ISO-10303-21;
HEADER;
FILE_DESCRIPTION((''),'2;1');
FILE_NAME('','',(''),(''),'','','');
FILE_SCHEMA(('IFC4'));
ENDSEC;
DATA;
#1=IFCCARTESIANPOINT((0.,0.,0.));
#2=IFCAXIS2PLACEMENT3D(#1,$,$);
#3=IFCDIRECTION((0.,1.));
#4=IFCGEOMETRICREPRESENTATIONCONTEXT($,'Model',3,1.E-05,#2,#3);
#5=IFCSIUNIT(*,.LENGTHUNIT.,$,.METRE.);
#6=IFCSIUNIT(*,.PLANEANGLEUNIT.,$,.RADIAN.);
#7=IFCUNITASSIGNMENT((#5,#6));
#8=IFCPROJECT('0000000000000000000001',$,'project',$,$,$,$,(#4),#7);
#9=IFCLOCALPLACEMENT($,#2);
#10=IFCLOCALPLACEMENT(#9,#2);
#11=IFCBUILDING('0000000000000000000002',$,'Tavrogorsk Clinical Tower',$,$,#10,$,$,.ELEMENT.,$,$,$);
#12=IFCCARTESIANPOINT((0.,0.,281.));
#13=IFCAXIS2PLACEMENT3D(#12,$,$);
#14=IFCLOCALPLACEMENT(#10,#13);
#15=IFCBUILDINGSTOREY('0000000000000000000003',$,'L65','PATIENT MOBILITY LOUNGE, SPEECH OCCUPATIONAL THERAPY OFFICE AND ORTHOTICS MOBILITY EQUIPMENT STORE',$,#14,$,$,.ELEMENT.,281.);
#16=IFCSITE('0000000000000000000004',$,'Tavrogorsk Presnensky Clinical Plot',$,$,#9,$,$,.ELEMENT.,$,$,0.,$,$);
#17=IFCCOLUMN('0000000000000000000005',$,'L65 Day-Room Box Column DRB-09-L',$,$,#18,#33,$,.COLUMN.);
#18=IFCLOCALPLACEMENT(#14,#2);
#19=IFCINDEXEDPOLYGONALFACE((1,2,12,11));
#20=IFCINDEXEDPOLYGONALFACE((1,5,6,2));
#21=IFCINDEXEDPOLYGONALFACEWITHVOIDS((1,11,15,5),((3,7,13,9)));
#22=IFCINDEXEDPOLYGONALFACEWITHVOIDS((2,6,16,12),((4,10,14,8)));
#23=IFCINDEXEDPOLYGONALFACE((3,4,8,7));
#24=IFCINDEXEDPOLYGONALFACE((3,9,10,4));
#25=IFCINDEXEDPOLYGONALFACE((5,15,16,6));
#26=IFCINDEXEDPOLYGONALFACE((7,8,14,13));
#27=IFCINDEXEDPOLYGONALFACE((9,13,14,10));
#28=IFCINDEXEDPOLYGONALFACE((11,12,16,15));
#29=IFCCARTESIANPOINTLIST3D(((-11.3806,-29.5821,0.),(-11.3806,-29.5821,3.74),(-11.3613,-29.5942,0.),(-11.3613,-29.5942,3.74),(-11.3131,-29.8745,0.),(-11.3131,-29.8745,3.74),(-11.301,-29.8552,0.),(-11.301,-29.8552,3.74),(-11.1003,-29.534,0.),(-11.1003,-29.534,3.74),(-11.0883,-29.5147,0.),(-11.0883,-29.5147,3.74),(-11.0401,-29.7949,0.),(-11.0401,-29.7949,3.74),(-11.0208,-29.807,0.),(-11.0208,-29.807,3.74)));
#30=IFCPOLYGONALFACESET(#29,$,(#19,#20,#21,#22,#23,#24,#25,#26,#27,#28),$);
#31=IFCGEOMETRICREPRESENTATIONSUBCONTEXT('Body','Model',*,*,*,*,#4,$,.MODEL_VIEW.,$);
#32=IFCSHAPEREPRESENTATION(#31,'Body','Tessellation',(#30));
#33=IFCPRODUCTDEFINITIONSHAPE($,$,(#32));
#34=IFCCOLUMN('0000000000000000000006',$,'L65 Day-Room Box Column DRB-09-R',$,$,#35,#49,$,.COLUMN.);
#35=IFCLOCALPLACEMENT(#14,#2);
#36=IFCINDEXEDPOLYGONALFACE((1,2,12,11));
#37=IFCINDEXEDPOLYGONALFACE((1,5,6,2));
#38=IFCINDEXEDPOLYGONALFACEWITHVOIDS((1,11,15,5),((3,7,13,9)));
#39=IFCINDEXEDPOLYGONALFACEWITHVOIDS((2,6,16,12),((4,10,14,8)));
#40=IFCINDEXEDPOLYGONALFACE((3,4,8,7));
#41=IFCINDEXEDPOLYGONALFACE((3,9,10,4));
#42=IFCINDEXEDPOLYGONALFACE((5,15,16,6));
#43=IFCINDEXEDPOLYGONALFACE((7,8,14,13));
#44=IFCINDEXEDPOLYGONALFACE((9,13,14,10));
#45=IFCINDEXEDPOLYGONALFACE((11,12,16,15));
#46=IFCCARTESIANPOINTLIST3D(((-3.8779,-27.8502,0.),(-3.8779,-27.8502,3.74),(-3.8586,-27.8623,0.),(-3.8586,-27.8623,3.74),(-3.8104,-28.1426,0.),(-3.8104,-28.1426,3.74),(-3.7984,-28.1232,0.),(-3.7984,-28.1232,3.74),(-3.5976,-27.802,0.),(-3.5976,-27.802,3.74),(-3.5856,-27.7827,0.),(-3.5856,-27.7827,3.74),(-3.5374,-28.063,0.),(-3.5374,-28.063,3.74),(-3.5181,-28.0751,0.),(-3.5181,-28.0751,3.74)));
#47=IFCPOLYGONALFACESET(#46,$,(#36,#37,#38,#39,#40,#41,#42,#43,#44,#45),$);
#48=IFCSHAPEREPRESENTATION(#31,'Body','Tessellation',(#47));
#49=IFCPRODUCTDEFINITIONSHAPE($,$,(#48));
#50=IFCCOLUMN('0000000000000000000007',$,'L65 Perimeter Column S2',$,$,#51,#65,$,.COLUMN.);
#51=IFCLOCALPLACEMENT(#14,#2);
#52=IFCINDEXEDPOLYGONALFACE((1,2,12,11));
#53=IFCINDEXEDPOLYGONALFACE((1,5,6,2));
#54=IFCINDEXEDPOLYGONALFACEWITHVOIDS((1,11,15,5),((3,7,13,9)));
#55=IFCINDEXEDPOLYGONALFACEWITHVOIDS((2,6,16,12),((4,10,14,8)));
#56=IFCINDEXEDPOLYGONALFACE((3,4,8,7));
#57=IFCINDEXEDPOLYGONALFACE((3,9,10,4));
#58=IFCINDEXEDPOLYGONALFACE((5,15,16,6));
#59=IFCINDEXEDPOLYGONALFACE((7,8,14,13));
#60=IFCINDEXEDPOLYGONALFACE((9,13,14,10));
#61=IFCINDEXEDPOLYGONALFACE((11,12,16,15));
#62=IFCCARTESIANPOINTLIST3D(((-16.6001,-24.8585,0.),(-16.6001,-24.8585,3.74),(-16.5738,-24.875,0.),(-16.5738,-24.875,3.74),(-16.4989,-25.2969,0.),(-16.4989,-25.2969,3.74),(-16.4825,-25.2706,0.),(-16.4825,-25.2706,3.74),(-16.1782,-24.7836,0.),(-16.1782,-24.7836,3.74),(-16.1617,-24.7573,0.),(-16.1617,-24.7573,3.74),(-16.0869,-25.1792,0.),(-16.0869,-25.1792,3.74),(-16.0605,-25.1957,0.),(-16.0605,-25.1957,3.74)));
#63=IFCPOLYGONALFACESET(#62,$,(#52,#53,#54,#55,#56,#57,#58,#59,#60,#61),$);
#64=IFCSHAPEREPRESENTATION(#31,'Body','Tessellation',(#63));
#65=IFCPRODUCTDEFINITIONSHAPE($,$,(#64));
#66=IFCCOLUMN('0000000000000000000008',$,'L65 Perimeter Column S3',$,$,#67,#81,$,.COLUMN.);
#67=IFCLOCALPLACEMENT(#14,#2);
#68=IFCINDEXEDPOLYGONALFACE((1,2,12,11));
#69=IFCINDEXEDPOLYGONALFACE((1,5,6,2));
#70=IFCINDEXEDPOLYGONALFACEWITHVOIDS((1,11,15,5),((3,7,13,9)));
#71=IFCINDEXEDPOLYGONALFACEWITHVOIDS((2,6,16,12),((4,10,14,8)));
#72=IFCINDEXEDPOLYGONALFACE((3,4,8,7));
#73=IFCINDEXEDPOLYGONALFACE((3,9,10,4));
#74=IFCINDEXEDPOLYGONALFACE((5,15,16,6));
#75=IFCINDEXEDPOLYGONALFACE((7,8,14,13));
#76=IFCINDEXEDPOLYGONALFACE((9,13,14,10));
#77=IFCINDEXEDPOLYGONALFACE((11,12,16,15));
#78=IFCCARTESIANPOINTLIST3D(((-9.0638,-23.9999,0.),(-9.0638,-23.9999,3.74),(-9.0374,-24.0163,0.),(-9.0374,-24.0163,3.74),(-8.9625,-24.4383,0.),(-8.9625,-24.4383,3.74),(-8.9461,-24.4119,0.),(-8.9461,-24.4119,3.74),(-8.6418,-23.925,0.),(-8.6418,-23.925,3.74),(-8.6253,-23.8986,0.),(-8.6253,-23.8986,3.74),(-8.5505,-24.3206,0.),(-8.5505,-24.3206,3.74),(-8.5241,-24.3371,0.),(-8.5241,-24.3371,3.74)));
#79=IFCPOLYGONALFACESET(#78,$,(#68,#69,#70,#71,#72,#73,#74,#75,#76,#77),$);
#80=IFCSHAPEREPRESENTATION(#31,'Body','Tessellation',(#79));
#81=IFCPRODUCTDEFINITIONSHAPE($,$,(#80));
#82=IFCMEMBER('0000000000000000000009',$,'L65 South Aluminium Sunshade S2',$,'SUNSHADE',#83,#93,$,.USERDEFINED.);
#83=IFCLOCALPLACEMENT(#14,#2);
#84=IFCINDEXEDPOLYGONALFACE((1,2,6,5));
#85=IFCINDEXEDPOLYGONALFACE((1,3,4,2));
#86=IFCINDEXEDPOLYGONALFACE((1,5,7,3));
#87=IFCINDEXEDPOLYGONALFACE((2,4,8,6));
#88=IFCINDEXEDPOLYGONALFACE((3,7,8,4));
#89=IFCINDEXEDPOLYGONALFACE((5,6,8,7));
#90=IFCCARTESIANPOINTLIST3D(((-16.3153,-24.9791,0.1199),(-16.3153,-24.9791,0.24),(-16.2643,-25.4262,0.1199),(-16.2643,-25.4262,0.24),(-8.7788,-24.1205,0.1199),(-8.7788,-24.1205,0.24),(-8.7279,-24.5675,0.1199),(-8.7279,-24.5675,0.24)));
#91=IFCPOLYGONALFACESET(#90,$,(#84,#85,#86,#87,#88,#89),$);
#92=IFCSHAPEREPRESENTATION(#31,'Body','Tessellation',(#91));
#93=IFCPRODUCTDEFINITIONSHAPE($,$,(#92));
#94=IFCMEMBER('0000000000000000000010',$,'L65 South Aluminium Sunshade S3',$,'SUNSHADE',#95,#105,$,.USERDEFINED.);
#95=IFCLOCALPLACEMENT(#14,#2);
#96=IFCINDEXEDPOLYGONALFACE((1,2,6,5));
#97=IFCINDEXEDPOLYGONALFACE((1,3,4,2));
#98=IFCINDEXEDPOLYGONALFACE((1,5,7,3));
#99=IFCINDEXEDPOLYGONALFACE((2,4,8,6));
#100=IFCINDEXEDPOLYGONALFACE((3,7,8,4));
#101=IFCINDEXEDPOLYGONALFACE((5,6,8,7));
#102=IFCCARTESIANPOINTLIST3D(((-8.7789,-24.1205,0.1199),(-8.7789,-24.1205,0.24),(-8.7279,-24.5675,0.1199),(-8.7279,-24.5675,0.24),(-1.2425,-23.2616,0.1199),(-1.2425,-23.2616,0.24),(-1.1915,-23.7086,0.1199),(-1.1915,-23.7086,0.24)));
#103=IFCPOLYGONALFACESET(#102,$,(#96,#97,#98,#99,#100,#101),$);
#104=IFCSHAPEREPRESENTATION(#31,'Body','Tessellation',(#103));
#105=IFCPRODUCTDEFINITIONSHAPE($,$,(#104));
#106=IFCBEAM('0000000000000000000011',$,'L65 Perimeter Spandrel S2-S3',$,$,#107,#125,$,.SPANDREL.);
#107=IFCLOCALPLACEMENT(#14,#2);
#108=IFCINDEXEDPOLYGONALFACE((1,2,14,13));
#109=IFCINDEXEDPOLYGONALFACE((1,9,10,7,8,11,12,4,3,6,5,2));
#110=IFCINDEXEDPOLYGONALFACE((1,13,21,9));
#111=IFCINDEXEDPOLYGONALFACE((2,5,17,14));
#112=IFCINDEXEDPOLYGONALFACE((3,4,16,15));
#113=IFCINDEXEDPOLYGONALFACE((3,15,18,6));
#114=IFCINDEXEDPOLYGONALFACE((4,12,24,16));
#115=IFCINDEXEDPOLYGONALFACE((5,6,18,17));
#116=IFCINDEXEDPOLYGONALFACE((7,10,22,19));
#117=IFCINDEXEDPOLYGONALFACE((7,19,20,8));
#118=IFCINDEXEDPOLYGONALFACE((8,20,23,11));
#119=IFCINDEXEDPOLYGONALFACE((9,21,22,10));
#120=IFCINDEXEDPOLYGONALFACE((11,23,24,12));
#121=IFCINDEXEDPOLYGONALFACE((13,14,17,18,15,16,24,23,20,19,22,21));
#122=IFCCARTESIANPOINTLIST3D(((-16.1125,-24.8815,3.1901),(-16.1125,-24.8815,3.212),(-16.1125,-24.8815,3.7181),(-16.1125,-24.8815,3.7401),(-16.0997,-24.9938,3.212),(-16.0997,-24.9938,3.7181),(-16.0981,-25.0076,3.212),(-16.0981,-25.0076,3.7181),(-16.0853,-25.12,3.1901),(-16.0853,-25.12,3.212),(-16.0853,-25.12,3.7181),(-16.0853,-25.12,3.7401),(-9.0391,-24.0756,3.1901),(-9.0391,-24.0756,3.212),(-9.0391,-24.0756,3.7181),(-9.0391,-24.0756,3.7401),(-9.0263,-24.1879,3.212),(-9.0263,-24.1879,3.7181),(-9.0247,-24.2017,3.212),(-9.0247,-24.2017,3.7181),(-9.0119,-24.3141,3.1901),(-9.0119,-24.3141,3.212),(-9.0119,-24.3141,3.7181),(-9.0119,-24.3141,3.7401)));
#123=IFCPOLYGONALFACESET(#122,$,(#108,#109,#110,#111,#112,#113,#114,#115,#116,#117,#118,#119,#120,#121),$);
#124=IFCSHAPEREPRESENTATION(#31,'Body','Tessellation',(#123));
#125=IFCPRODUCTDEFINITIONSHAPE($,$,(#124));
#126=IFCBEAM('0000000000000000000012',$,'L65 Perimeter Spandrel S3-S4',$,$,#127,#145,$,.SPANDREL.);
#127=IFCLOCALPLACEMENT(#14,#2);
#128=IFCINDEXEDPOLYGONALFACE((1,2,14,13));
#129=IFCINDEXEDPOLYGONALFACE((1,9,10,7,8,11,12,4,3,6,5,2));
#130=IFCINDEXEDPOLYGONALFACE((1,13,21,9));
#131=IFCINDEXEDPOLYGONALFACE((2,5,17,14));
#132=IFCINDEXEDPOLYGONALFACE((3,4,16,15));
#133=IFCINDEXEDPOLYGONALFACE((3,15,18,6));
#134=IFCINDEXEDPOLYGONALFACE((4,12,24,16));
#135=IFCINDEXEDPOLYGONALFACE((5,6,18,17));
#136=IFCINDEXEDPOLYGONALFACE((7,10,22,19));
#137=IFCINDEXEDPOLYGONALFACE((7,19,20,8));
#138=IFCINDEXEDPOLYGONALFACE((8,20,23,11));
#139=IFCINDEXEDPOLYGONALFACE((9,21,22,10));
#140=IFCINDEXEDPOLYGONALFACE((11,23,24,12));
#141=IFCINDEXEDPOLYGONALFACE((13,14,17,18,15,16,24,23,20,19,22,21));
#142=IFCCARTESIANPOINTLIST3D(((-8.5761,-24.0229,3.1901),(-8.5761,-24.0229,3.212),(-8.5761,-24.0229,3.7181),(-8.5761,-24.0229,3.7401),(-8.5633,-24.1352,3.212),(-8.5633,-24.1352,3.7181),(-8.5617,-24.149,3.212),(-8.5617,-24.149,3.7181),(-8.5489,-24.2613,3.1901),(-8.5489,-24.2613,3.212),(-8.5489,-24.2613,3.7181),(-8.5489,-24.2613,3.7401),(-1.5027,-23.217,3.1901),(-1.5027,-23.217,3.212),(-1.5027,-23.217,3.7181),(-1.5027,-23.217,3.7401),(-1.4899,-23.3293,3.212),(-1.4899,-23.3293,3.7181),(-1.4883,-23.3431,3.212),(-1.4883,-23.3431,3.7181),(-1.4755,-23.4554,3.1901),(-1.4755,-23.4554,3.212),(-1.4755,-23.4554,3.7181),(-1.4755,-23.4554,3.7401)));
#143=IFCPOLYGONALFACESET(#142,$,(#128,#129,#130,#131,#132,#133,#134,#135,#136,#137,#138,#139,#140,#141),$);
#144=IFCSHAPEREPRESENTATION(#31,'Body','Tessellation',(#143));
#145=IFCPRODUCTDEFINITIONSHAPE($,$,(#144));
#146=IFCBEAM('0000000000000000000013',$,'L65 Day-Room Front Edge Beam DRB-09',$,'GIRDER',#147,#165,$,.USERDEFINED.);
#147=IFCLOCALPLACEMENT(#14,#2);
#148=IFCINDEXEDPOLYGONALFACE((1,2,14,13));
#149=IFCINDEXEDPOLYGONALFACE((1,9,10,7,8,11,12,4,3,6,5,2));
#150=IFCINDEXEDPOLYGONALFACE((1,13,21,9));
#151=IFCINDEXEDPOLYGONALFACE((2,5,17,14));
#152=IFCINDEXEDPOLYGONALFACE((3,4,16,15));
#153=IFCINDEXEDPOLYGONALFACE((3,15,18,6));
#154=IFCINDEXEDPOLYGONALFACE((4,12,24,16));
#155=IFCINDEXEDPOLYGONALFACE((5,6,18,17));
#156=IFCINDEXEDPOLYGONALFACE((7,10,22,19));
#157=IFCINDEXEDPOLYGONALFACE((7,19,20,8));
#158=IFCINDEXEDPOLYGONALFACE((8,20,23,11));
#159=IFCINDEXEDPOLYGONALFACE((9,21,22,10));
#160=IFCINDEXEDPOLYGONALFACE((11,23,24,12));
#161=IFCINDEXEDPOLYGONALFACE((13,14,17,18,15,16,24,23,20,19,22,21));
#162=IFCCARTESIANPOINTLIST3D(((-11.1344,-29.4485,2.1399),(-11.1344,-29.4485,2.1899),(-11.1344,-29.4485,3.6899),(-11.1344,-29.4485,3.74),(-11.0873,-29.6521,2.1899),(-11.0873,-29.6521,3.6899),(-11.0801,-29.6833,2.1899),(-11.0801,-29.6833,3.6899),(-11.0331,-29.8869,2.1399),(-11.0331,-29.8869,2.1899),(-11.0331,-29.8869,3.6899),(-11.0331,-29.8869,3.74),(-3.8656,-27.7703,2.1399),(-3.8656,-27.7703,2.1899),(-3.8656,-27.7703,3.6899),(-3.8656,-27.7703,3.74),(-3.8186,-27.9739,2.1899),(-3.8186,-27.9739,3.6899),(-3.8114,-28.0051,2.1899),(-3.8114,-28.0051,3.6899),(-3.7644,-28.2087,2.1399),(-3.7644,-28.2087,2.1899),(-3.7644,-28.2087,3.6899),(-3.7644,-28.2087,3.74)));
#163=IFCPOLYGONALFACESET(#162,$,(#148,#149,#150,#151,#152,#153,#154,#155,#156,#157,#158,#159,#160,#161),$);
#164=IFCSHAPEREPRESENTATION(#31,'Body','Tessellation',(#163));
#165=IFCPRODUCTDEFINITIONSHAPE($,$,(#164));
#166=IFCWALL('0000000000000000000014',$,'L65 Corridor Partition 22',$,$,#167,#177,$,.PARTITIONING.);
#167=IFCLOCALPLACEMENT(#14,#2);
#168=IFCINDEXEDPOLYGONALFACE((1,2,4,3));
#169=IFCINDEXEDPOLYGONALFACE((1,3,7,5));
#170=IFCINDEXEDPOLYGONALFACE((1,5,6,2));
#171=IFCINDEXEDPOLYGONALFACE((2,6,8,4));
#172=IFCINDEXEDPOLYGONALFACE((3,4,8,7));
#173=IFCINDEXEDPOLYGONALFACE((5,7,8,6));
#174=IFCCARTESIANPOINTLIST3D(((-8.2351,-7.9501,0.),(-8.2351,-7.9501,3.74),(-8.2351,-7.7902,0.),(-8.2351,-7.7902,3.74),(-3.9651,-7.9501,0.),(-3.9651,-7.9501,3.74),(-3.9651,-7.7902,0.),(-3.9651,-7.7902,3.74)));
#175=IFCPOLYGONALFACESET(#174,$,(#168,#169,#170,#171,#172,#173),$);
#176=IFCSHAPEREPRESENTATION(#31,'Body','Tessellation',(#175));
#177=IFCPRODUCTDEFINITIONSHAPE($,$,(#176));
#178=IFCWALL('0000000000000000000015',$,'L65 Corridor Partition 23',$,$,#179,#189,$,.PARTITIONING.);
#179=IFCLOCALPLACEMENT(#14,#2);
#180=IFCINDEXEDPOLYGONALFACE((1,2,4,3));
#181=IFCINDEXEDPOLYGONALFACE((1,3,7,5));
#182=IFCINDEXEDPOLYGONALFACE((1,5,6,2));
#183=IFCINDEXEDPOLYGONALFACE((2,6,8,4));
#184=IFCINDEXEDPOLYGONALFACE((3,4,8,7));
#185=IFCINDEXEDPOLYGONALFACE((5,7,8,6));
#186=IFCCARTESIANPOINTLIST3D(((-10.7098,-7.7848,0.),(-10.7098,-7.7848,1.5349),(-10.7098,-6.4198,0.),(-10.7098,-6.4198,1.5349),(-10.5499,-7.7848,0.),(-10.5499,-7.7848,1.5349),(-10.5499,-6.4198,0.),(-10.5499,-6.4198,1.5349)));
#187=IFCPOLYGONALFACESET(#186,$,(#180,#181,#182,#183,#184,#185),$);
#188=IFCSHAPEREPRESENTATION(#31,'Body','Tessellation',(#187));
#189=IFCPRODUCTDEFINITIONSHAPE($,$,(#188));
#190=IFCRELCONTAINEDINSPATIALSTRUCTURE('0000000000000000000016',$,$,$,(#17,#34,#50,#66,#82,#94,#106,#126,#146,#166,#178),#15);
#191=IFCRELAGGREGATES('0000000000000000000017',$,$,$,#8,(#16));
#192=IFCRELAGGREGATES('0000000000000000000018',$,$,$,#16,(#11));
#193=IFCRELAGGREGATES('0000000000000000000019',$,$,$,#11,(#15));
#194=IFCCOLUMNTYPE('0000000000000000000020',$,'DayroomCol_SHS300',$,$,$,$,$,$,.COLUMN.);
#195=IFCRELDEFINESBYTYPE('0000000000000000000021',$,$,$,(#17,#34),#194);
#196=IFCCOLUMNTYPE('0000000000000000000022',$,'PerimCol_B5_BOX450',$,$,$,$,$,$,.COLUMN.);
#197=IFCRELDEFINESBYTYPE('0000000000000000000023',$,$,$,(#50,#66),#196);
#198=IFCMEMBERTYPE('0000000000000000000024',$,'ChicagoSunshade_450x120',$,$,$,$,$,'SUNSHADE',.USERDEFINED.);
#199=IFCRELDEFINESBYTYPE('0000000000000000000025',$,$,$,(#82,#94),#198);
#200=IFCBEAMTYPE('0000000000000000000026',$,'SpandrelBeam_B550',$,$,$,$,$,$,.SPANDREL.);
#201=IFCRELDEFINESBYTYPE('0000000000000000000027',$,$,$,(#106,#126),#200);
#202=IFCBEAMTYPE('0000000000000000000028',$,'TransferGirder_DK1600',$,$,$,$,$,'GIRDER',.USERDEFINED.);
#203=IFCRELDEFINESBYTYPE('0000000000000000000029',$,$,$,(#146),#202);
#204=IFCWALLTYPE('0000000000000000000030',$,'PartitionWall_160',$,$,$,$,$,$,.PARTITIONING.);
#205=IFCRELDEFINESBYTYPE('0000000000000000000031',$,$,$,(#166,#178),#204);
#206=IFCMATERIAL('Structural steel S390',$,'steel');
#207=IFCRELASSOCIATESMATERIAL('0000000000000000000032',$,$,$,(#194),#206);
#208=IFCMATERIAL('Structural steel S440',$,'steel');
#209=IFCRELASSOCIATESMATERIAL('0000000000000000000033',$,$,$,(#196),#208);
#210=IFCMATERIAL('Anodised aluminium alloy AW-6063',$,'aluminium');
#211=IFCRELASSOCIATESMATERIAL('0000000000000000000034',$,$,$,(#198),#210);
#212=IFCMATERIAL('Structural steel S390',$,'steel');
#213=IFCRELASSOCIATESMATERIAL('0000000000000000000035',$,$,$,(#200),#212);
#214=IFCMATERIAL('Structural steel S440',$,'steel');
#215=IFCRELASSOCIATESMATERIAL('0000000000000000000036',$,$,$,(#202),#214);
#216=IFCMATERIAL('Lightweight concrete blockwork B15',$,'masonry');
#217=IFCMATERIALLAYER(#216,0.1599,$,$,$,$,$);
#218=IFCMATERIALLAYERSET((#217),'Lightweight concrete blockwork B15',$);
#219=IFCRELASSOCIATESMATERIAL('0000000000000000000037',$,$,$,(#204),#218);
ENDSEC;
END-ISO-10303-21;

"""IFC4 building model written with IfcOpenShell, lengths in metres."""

from ifc_helpers import new_model, si_unit, direction, frame, frame_2d, origin, origin_2d, place, context, subcontext, project, spatial, rectangle, hollow_rectangle, i_section, extrude, material, layer, layer_set, material_profile, profile_set, type_object, element, save


model = new_model("IFC4")

# Units and contexts
model_context = context("Model", 3, precision=1e-05, world=origin(), true_north=direction((0.0, 1.0)))
body_context = subcontext(model_context, "Body", "Model", "MODEL_VIEW")
ifc_project = project(units=[si_unit("LENGTHUNIT", "METRE"), si_unit("PLANEANGLEUNIT", "RADIAN")], contexts=[model_context])

# Site, building, storey
site_placement = place(None, origin())
site = spatial("IfcSite", under=ifc_project, at=site_placement, Name="Tavrogorsk Presnensky Clinical Plot", CompositionType="ELEMENT", RefElevation=0.0)
building_placement = place(site_placement, origin())
building = spatial("IfcBuilding", under=site, at=building_placement, Name="Tavrogorsk Clinical Tower", CompositionType="ELEMENT")
storey_placement = place(building_placement, frame((0.0, 0.0, 281.0)))
storey = spatial("IfcBuildingStorey", under=building, at=storey_placement, Name="L65", Description="PATIENT MOBILITY LOUNGE, SPEECH OCCUPATIONAL THERAPY OFFICE AND ORTHOTICS MOBILITY EQUIPMENT STORE", CompositionType="ELEMENT", Elevation=281.0)

# Columns
ifc_material_1 = material(Name="Structural steel S390", Category="steel")
ifc_material_profile_1 = material_profile(ifc_material_1, hollow_rectangle(XDim=0.3, YDim=0.3, WallThickness=0.0161, at=origin_2d()), Name="SHS-300x300x16")
ifc_profile_set_1 = profile_set([ifc_material_profile_1], Name="Structural steel S390")
column_type_1 = type_object("IfcColumnType", Name="DayroomCol_SHS300", PredefinedType="COLUMN", material=ifc_profile_set_1)
for number, where, z_axis, x_axis, name in (
    (1, (-11.2007, -29.6946, 0.0), (0.0, 0.0, 1.0), (0.97437, 0.224951, 0.0), "L65 Day-Room Box Column DRB-09-L"),
    (2, (-3.698, -27.9626, 0.0), (0.0, 0.0, 1.0), (0.97437, 0.224951, 0.0), "L65 Day-Room Box Column DRB-09-R"),
):
    element("IfcColumn", number, at=place(storey_placement, frame(where, z_axis=z_axis, x_axis=x_axis)), inside=storey, type_object=column_type_1, Name=name, PredefinedType="COLUMN", context=body_context, shape_type="SweptSolid", body=[
        extrude(hollow_rectangle(XDim=0.3, YDim=0.3, WallThickness=0.0161, at=origin_2d()), origin(), (0.0, 0.0, 1.0), 3.74),
    ])
ifc_material_2 = material(Name="Structural steel S440", Category="steel")
ifc_material_profile_2 = material_profile(ifc_material_2, hollow_rectangle(XDim=0.45, YDim=0.45, WallThickness=0.022, at=origin_2d()), Name="BOX-450x450x22")
ifc_profile_set_2 = profile_set([ifc_material_profile_2], Name="Structural steel S440")
column_type_2 = type_object("IfcColumnType", Name="PerimCol_B5_BOX450", PredefinedType="COLUMN", material=ifc_profile_set_2)
for number, where, z_axis, x_axis, name in (
    (3, (-16.3303, -25.0271, 0.0), (0.0, 0.0, 1.0), (0.97437, 0.224951, 0.0), "L65 Perimeter Column S2"),
    (4, (-8.7939, -24.1685, 0.0), (0.0, 0.0, 1.0), (0.97437, 0.224951, 0.0), "L65 Perimeter Column S3"),
):
    element("IfcColumn", number, at=place(storey_placement, frame(where, z_axis=z_axis, x_axis=x_axis)), inside=storey, type_object=column_type_2, Name=name, PredefinedType="COLUMN", context=body_context, shape_type="SweptSolid", body=[
        extrude(hollow_rectangle(XDim=0.45, YDim=0.45, WallThickness=0.022, at=origin_2d()), origin(), (0.0, 0.0, 1.0), 3.74),
    ])

# Members
ifc_material_3 = material(Name="Anodised aluminium alloy AW-6063", Category="aluminium")
ifc_material_profile_3 = material_profile(ifc_material_3, rectangle(XDim=0.45, YDim=0.1201, at=origin_2d()), Name="ALU-SUNSHADE-450x120")
ifc_profile_set_3 = profile_set([ifc_material_profile_3], Name="Anodised aluminium alloy AW-6063")
member_type = type_object("IfcMemberType", Name="ChicagoSunshade_450x120", ElementType="SUNSHADE", PredefinedType="USERDEFINED", material=ifc_profile_set_3)
for number, where, z_axis, x_axis, name in (
    (5, (-16.2898, -25.2026, 0.1799), (0.993572, 0.113201, 0.0), (-0.113201, 0.993572, 0.0), "L65 South Aluminium Sunshade S2"),
    (6, (-8.7534, -24.344, 0.1799), (0.993569, 0.113233, 0.0), (-0.113233, 0.993569, 0.0), "L65 South Aluminium Sunshade S3"),
):
    element("IfcMember", number, at=place(storey_placement, frame(where, z_axis=z_axis, x_axis=x_axis)), inside=storey, type_object=member_type, Name=name, ObjectType="SUNSHADE", PredefinedType="USERDEFINED", context=body_context, shape_type="SweptSolid", body=[
        extrude(rectangle(XDim=0.45, YDim=0.1201, at=origin_2d()), origin(), (0.0, 0.0, 1.0), 7.5852),
    ])

# Beams
ifc_material_4 = material(Name="Structural steel S390", Category="steel")
ifc_material_profile_4 = material_profile(ifc_material_4, i_section(OverallWidth=0.24, OverallDepth=0.55, WebThickness=0.0139, FlangeThickness=0.022, at=origin_2d()), Name="B-550x240x14x22")
ifc_profile_set_4 = profile_set([ifc_material_profile_4], Name="Structural steel S390")
beam_type_1 = type_object("IfcBeamType", Name="SpandrelBeam_B550", PredefinedType="SPANDREL", material=ifc_profile_set_4)
for number, where, z_axis, x_axis, name in (
    (7, (-16.0989, -25.0007, 3.4651), (0.993572, 0.113201, 0.0), (-0.113201, 0.993572, 0.0), "L65 Perimeter Spandrel S2-S3"),
    (8, (-8.5625, -24.1421, 3.4651), (0.993572, 0.113201, 0.0), (-0.113201, 0.993572, 0.0), "L65 Perimeter Spandrel S3-S4"),
):
    element("IfcBeam", number, at=place(storey_placement, frame(where, z_axis=z_axis, x_axis=x_axis)), inside=storey, type_object=beam_type_1, Name=name, PredefinedType="SPANDREL", context=body_context, shape_type="SweptSolid", body=[
        extrude(i_section(OverallWidth=0.24, OverallDepth=0.55, WebThickness=0.0139, FlangeThickness=0.022, at=origin_2d()), origin(), (0.0, 0.0, 1.0), 7.1191),
    ])
ifc_material_5 = material(Name="Structural steel S440", Category="steel")
ifc_material_profile_5 = material_profile(ifc_material_5, i_section(OverallWidth=0.45, OverallDepth=1.6001, WebThickness=0.032, FlangeThickness=0.05, at=origin_2d()), Name="DK-1600x450x32x50")
ifc_profile_set_5 = profile_set([ifc_material_profile_5], Name="Structural steel S440")
beam_type_2 = type_object("IfcBeamType", Name="TransferGirder_DK1600", ElementType="GIRDER", PredefinedType="USERDEFINED", material=ifc_profile_set_5)
beam_placement = place(storey_placement, frame((-11.0837, -29.6677, 2.9399), z_axis=(0.974367, 0.224962, 0.0), x_axis=(-0.224962, 0.974367, 0.0)))
element("IfcBeam", 9, at=beam_placement, inside=storey, type_object=beam_type_2, Name="L65 Day-Room Front Edge Beam DRB-09", ObjectType="GIRDER", PredefinedType="USERDEFINED", context=body_context, shape_type="SweptSolid", body=[
    extrude(i_section(OverallWidth=0.45, OverallDepth=1.6001, WebThickness=0.032, FlangeThickness=0.05, at=origin_2d()), origin(), (0.0, 0.0, 1.0), 7.46),
])

# Walls
ifc_material_6 = material(Name="Lightweight concrete blockwork B15", Category="masonry")
ifc_layer_1 = layer(ifc_material_6, 0.1599)
ifc_layer_set_1 = layer_set([ifc_layer_1], Name="Lightweight concrete blockwork B15")
wall_type_1 = type_object("IfcWallType", Name="PartitionWall_160", PredefinedType="PARTITIONING", material=ifc_layer_set_1)
wall_1_placement = place(storey_placement, frame((-8.2351, -7.8701, 0.0), z_axis=(0.0, 0.0, 1.0), x_axis=(1.0, 0.0, 0.0)))
element("IfcWall", 10, at=wall_1_placement, inside=storey, type_object=wall_type_1, Name="L65 Corridor Partition 22", PredefinedType="PARTITIONING", context=body_context, shape_type="SweptSolid", body=[
    extrude(rectangle(XDim=4.27, YDim=0.1599, at=frame_2d((2.135, 0.0))), origin(), (0.0, 0.0, 1.0), 3.74),
])
wall_2_placement = place(storey_placement, frame((-10.6299, -7.7849, 0.0), z_axis=(0.0, 0.0, 1.0), x_axis=(0.0, 1.0, 0.0)))
element("IfcWall", 11, at=wall_2_placement, inside=storey, type_object=wall_type_1, Name="L65 Corridor Partition 23", PredefinedType="PARTITIONING", context=body_context, shape_type="SweptSolid", body=[
    extrude(rectangle(XDim=1.365, YDim=0.1599, at=frame_2d((0.6826, 0.0))), origin(), (0.0, 0.0, 1.0), 1.5349),
])

save(model, "model.ifc")
